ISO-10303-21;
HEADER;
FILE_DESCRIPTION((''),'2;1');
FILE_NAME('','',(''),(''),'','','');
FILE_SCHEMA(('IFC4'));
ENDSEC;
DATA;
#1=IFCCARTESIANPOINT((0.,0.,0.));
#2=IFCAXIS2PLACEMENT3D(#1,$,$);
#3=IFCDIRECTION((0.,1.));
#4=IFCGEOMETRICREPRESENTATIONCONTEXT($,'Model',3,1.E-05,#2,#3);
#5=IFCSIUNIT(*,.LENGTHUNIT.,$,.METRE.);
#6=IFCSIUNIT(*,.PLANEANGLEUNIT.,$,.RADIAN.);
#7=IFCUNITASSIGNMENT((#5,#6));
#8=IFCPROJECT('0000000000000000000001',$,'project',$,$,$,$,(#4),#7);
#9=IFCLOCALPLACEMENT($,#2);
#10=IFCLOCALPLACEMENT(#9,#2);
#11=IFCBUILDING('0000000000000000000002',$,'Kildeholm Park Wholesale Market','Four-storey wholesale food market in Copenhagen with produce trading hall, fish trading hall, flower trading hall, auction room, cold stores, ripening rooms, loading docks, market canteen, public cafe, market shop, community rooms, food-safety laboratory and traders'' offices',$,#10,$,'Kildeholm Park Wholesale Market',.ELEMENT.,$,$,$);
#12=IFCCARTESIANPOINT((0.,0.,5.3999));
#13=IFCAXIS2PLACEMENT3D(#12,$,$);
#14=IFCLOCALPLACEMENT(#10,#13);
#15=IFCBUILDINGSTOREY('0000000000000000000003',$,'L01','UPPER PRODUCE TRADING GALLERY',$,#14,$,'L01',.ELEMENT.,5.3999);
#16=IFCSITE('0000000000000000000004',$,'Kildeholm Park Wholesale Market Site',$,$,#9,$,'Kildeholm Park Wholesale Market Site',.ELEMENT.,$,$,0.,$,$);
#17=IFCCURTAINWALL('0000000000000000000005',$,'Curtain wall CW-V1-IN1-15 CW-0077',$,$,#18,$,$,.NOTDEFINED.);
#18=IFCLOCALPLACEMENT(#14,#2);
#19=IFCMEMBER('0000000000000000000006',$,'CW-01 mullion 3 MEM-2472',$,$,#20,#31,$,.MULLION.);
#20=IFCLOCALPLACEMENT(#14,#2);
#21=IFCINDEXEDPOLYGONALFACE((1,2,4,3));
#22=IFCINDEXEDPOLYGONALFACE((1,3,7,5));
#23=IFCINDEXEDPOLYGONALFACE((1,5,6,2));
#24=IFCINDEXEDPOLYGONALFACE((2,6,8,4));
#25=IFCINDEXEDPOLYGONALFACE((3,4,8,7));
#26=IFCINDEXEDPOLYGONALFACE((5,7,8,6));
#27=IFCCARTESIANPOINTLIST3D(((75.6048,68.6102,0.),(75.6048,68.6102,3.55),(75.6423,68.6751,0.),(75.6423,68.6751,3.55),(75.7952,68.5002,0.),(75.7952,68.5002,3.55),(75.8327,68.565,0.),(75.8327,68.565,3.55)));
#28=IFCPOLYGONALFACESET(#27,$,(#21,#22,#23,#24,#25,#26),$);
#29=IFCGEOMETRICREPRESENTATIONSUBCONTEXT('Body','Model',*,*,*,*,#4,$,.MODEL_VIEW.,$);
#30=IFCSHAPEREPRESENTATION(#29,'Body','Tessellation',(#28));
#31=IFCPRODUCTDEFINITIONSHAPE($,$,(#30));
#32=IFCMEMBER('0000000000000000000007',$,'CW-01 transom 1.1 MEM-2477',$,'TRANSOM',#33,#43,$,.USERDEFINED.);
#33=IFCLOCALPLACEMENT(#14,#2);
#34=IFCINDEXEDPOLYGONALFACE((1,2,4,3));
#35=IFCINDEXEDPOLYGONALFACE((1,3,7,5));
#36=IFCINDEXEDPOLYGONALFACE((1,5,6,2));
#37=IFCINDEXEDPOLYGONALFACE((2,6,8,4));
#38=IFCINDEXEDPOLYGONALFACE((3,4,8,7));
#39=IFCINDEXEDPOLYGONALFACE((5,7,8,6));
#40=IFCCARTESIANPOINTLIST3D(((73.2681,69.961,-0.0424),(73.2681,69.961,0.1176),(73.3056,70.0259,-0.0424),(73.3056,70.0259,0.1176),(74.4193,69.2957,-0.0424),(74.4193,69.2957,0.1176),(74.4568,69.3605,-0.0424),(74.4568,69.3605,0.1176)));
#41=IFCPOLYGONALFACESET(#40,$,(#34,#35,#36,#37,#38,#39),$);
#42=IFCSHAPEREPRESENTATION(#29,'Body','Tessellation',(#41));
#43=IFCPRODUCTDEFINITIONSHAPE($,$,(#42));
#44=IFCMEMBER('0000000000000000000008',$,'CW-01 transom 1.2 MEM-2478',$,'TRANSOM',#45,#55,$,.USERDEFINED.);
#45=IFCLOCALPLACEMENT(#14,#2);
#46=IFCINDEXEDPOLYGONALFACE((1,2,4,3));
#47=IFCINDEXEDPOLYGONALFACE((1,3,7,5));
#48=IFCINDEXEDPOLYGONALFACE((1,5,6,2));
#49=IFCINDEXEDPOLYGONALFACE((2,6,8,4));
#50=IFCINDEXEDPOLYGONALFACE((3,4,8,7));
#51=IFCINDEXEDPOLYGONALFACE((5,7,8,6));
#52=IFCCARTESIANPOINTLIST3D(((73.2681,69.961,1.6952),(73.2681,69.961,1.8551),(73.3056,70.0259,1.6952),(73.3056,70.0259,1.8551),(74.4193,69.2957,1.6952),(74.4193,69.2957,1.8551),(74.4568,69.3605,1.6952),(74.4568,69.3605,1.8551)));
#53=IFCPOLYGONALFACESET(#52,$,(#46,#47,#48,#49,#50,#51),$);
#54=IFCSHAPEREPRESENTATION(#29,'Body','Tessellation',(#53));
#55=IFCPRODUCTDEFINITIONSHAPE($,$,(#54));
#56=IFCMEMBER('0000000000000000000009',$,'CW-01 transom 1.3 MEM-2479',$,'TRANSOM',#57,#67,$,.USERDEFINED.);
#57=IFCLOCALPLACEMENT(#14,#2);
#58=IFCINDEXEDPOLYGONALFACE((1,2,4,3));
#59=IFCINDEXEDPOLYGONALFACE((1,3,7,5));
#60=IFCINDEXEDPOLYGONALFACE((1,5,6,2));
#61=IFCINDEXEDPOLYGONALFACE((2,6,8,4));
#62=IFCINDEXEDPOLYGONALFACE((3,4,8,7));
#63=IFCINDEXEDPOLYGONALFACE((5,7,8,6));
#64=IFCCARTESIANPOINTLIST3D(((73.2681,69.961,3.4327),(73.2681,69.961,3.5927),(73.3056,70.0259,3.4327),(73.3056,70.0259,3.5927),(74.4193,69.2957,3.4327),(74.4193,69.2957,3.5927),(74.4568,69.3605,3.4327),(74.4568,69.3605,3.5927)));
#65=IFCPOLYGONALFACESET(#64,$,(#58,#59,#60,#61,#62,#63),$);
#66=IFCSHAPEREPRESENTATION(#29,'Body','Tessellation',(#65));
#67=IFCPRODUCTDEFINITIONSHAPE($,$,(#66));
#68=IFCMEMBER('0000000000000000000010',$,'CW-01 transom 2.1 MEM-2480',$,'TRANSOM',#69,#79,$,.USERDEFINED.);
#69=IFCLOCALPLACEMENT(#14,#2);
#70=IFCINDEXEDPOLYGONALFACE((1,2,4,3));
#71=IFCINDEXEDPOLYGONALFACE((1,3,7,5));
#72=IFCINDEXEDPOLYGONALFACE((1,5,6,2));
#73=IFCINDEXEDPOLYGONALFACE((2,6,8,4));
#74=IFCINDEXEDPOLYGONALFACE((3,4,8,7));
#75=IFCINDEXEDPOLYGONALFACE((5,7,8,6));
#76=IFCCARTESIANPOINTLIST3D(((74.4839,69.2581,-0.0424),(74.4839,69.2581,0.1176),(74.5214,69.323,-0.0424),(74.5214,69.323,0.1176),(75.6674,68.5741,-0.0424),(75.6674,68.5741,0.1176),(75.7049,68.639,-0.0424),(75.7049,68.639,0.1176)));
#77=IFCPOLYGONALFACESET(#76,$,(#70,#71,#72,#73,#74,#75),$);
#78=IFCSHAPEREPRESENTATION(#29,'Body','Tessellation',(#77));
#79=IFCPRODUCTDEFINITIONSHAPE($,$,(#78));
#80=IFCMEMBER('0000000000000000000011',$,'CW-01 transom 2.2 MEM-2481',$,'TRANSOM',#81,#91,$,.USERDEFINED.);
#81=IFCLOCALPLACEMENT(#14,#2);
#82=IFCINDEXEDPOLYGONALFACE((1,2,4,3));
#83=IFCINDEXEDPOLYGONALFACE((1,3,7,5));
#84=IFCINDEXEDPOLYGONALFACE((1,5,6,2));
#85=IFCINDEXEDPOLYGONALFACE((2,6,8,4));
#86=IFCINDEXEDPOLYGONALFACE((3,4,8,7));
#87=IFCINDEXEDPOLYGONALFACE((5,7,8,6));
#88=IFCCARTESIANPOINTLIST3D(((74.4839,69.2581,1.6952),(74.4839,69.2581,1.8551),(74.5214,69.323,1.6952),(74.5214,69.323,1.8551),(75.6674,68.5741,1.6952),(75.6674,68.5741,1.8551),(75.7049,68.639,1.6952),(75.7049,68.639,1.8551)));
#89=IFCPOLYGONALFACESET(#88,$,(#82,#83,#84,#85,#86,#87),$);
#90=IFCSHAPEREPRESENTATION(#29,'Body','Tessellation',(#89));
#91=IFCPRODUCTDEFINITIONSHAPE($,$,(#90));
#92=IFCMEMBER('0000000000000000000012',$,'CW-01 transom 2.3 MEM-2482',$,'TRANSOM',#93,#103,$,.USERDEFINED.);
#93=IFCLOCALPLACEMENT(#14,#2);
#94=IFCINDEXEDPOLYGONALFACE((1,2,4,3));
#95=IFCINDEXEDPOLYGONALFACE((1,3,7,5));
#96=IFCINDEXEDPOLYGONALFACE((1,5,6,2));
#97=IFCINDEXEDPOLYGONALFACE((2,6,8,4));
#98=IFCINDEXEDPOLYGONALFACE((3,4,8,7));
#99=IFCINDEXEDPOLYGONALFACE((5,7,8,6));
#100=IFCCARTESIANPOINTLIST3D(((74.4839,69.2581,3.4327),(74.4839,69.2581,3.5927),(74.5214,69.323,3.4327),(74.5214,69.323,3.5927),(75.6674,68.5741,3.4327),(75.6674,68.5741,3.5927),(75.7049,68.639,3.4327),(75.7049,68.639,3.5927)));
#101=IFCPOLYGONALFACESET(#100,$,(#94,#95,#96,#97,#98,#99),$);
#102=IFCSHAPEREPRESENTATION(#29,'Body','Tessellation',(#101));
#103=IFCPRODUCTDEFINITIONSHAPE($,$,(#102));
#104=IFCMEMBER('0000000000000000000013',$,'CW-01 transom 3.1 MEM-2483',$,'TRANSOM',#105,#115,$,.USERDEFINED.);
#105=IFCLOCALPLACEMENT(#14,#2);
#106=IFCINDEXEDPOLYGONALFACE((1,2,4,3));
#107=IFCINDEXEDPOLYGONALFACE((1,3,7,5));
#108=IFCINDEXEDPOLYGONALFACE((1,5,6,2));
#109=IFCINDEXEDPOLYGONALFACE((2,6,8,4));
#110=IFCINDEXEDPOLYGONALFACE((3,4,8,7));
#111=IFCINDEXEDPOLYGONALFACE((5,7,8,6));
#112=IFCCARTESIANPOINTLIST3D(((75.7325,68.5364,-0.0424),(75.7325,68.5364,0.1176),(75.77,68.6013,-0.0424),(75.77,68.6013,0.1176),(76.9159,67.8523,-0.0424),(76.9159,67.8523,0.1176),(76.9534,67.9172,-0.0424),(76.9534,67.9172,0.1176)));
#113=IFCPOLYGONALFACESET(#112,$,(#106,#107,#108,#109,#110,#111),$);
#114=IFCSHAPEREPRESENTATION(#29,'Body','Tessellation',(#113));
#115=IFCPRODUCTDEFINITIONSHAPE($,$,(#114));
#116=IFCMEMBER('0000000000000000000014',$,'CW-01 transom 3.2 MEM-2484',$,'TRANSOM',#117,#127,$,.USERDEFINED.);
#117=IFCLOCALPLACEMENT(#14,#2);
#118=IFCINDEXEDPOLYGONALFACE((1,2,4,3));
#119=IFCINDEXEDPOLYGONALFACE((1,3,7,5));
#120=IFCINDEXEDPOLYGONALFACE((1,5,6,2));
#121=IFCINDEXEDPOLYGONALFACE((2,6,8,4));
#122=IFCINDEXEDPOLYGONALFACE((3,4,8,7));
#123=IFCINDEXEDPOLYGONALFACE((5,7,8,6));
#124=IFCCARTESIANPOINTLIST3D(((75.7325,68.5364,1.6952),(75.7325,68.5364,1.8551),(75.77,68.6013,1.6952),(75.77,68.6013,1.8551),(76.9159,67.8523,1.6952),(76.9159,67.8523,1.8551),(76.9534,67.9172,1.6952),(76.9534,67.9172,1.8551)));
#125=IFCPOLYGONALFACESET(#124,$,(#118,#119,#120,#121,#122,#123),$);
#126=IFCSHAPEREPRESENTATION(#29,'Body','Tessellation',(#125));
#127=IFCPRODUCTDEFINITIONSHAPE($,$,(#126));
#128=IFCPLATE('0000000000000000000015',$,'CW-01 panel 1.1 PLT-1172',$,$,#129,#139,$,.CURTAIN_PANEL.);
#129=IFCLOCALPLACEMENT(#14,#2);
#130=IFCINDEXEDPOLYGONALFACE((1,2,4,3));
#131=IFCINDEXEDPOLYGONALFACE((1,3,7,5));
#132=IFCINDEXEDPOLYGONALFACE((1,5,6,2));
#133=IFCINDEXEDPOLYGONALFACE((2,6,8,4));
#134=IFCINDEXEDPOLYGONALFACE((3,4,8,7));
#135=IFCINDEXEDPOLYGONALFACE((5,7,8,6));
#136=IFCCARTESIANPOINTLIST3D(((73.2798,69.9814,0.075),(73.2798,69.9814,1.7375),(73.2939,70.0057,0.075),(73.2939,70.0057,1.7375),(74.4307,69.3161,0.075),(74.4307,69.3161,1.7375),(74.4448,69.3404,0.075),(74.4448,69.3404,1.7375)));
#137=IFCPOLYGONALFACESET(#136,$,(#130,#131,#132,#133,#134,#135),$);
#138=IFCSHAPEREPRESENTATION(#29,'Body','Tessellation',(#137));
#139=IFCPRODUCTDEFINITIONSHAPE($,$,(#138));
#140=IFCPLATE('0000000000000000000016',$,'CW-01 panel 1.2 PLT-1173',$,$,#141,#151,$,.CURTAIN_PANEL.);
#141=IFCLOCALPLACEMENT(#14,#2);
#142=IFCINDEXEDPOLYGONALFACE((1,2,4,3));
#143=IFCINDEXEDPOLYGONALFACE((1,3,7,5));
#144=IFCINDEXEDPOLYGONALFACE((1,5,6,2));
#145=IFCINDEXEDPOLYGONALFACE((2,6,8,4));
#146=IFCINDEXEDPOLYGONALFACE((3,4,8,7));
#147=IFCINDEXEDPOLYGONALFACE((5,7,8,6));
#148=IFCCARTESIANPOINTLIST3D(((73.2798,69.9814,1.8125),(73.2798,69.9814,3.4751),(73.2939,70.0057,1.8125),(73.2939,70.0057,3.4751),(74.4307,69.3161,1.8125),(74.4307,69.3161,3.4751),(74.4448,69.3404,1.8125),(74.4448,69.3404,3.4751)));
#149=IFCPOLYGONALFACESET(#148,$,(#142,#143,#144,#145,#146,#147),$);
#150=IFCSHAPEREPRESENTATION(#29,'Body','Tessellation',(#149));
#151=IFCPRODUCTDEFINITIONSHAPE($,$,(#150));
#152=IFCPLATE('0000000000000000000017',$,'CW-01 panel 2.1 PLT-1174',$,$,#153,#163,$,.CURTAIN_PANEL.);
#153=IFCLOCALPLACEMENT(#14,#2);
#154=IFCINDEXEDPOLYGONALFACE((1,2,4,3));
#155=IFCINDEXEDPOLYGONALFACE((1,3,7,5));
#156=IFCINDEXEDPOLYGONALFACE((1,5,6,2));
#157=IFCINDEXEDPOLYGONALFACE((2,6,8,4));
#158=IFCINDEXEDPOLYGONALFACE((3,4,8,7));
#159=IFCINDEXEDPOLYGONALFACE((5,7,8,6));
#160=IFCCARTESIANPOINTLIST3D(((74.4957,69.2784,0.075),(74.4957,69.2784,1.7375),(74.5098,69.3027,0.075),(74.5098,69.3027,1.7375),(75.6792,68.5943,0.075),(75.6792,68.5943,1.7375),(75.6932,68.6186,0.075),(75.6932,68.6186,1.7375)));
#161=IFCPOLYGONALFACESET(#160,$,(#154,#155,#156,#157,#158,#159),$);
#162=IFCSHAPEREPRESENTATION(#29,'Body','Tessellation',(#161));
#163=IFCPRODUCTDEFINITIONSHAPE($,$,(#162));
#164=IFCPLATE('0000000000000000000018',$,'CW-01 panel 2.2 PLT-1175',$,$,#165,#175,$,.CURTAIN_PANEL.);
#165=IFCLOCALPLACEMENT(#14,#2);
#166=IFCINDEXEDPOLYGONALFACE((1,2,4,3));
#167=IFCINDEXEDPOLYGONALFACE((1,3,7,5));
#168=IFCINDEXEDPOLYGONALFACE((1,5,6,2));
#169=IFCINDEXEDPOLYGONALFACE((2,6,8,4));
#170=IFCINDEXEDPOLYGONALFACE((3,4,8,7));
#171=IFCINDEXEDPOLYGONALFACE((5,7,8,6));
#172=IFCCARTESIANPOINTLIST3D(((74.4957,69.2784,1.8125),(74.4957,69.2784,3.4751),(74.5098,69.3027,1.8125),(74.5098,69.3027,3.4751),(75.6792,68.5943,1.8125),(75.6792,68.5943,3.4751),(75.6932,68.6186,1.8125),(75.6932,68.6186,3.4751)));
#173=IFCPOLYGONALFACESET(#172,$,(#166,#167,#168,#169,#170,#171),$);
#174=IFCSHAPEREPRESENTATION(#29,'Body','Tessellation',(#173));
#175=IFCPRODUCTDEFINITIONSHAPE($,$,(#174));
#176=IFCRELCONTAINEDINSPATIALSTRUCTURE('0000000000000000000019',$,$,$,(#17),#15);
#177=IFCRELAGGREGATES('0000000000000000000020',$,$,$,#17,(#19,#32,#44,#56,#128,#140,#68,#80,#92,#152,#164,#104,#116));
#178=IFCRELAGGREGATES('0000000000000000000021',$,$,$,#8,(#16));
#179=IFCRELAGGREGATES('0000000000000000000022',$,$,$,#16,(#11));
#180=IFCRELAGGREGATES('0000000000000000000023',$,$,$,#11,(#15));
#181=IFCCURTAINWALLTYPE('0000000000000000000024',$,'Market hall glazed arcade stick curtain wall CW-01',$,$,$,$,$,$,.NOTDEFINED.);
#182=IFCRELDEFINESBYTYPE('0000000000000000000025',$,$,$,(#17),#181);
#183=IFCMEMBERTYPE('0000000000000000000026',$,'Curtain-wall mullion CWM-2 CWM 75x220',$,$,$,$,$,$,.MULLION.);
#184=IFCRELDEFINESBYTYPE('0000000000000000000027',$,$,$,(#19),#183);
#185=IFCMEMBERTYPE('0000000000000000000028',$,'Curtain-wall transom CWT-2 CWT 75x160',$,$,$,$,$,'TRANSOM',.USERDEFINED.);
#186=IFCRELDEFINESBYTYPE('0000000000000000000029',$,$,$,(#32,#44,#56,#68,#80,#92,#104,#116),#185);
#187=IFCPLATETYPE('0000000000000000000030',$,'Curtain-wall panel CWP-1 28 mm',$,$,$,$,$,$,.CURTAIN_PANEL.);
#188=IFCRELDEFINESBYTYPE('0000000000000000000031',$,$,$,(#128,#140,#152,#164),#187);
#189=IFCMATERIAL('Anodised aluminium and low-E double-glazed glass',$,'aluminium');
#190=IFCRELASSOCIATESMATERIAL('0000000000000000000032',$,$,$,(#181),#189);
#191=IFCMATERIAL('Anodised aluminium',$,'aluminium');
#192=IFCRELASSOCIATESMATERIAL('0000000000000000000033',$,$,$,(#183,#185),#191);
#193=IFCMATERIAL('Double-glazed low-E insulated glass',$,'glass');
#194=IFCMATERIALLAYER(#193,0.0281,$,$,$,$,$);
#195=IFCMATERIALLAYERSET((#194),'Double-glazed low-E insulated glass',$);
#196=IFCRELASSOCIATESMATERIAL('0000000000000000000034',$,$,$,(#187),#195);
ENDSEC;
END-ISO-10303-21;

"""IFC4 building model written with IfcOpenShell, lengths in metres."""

from ifc_helpers import new_model, si_unit, direction, frame, origin, origin_2d, place, context, subcontext, project, spatial, rectangle, extrude, material, layer, layer_set, material_profile, profile_set, type_object, element, aggregate, save


model = new_model("IFC4")

# Units and contexts
model_context = context("Model", 3, precision=1e-05, world=origin(), true_north=direction((0.0, 1.0)))
body_context = subcontext(model_context, "Body", "Model", "MODEL_VIEW")
ifc_project = project(units=[si_unit("LENGTHUNIT", "METRE"), si_unit("PLANEANGLEUNIT", "RADIAN")], contexts=[model_context])

# Site, building, storey
site_placement = place(None, origin())
site = spatial("IfcSite", under=ifc_project, at=site_placement, Name="Kildeholm Park Wholesale Market Site", LongName="Kildeholm Park Wholesale Market Site", CompositionType="ELEMENT", RefElevation=0.0)
building_placement = place(site_placement, origin())
building = spatial("IfcBuilding", under=site, at=building_placement, Name="Kildeholm Park Wholesale Market", Description="Four-storey wholesale food market in Copenhagen with produce trading hall, fish trading hall, flower trading hall, auction room, cold stores, ripening rooms, loading docks, market canteen, public cafe, market shop, community rooms, food-safety laboratory and traders' offices", LongName="Kildeholm Park Wholesale Market", CompositionType="ELEMENT")
storey_placement = place(building_placement, frame((0.0, 0.0, 5.3999)))
storey = spatial("IfcBuildingStorey", under=building, at=storey_placement, Name="L01", Description="UPPER PRODUCE TRADING GALLERY", LongName="L01", CompositionType="ELEMENT", Elevation=5.3999)

# Shared definitions
ifc_material_1 = material(Name="Anodised aluminium and low-E double-glazed glass", Category="aluminium")
curtain_wall_type = type_object("IfcCurtainWallType", Name="Market hall glazed arcade stick curtain wall CW-01", PredefinedType="NOTDEFINED", material=ifc_material_1)
ifc_material_2 = material(Name="Anodised aluminium", Category="aluminium")
ifc_material_profile_1 = material_profile(ifc_material_2, rectangle(XDim=0.075, YDim=0.22, at=origin_2d()), Name="CWM 75x220")
ifc_profile_set_1 = profile_set([ifc_material_profile_1], Name="Anodised aluminium")
member_type_1 = type_object("IfcMemberType", Name="Curtain-wall mullion CWM-2 CWM 75x220", PredefinedType="MULLION", material=ifc_profile_set_1)

# Curtain wall, members, plates
curtain_wall_1_placement = place(storey_placement, origin())
curtain_wall_1 = element("IfcCurtainWall", 1, at=curtain_wall_1_placement, inside=storey, type_object=curtain_wall_type, Name="Curtain wall CW-V1-IN1-15 CW-0077", PredefinedType="NOTDEFINED")
member_1_placement = place(storey_placement, frame((75.7188, 68.5876, 0.0), z_axis=(0.0, 0.0, 1.0), x_axis=(0.500489, 0.865743, 0.0)))
member_1 = element("IfcMember", 2, at=member_1_placement, type_object=member_type_1, Name="CW-01 mullion 3 MEM-2472", PredefinedType="MULLION", context=body_context, shape_type="SweptSolid", body=[
    extrude(rectangle(XDim=0.075, YDim=0.22, at=origin_2d()), origin(), (0.0, 0.0, 1.0), 3.55),
])
ifc_material_profile_2 = material_profile(ifc_material_2, rectangle(XDim=0.075, YDim=0.1599, at=origin_2d()), Name="CWT 75x160")
ifc_profile_set_2 = profile_set([ifc_material_profile_2], Name="Anodised aluminium")
member_type_2 = type_object("IfcMemberType", Name="Curtain-wall transom CWT-2 CWT 75x160", ElementType="TRANSOM", PredefinedType="USERDEFINED", material=ifc_profile_set_2)
member_2_placement = place(storey_placement, frame((73.2869, 69.9934, 0.0376), z_axis=(0.865803, -0.500385, 0.0), x_axis=(0.500385, 0.865803, 0.0)))
member_2 = element("IfcMember", 3, at=member_2_placement, type_object=member_type_2, Name="CW-01 transom 1.1 MEM-2477", ObjectType="TRANSOM", PredefinedType="USERDEFINED", context=body_context, shape_type="SweptSolid", body=[
    extrude(rectangle(XDim=0.075, YDim=0.1599, at=origin_2d()), origin(), (0.0, 0.0, 1.0), 1.3296),
])
member_3_placement = place(storey_placement, frame((73.2869, 69.9934, 1.7751), z_axis=(0.865803, -0.500385, 0.0), x_axis=(0.500385, 0.865803, 0.0)))
member_3 = element("IfcMember", 4, at=member_3_placement, type_object=member_type_2, Name="CW-01 transom 1.2 MEM-2478", ObjectType="TRANSOM", PredefinedType="USERDEFINED", context=body_context, shape_type="SweptSolid", body=[
    extrude(rectangle(XDim=0.075, YDim=0.1599, at=origin_2d()), origin(), (0.0, 0.0, 1.0), 1.3296),
])
member_4_placement = place(storey_placement, frame((73.2869, 69.9934, 3.5127), z_axis=(0.865803, -0.500385, 0.0), x_axis=(0.500385, 0.865803, 0.0)))
member_4 = element("IfcMember", 5, at=member_4_placement, type_object=member_type_2, Name="CW-01 transom 1.3 MEM-2479", ObjectType="TRANSOM", PredefinedType="USERDEFINED", context=body_context, shape_type="SweptSolid", body=[
    extrude(rectangle(XDim=0.075, YDim=0.1599, at=origin_2d()), origin(), (0.0, 0.0, 1.0), 1.3296),
])
member_5_placement = place(storey_placement, frame((74.5027, 69.2905, 0.0376), z_axis=(0.865793, -0.500403, 0.0), x_axis=(0.500403, 0.865793, 0.0)))
member_5 = element("IfcMember", 6, at=member_5_placement, type_object=member_type_2, Name="CW-01 transom 2.1 MEM-2480", ObjectType="TRANSOM", PredefinedType="USERDEFINED", context=body_context, shape_type="SweptSolid", body=[
    extrude(rectangle(XDim=0.075, YDim=0.1599, at=origin_2d()), origin(), (0.0, 0.0, 1.0), 1.3669),
])
member_6_placement = place(storey_placement, frame((74.5027, 69.2905, 1.7751), z_axis=(0.865793, -0.500403, 0.0), x_axis=(0.500403, 0.865793, 0.0)))
member_6 = element("IfcMember", 7, at=member_6_placement, type_object=member_type_2, Name="CW-01 transom 2.2 MEM-2481", ObjectType="TRANSOM", PredefinedType="USERDEFINED", context=body_context, shape_type="SweptSolid", body=[
    extrude(rectangle(XDim=0.075, YDim=0.1599, at=origin_2d()), origin(), (0.0, 0.0, 1.0), 1.3669),
])
member_7_placement = place(storey_placement, frame((74.5027, 69.2905, 3.5127), z_axis=(0.865793, -0.500403, 0.0), x_axis=(0.500403, 0.865793, 0.0)))
member_7 = element("IfcMember", 8, at=member_7_placement, type_object=member_type_2, Name="CW-01 transom 2.3 MEM-2482", ObjectType="TRANSOM", PredefinedType="USERDEFINED", context=body_context, shape_type="SweptSolid", body=[
    extrude(rectangle(XDim=0.075, YDim=0.1599, at=origin_2d()), origin(), (0.0, 0.0, 1.0), 1.3669),
])
member_8_placement = place(storey_placement, frame((75.7512, 68.5688, 0.0376), z_axis=(0.865748, -0.50048, 0.0), x_axis=(0.50048, 0.865748, 0.0)))
member_8 = element("IfcMember", 9, at=member_8_placement, type_object=member_type_2, Name="CW-01 transom 3.1 MEM-2483", ObjectType="TRANSOM", PredefinedType="USERDEFINED", context=body_context, shape_type="SweptSolid", body=[
    extrude(rectangle(XDim=0.075, YDim=0.1599, at=origin_2d()), origin(), (0.0, 0.0, 1.0), 1.3669),
])
member_9_placement = place(storey_placement, frame((75.7512, 68.5688, 1.7751), z_axis=(0.865748, -0.50048, 0.0), x_axis=(0.50048, 0.865748, 0.0)))
member_9 = element("IfcMember", 10, at=member_9_placement, type_object=member_type_2, Name="CW-01 transom 3.2 MEM-2484", ObjectType="TRANSOM", PredefinedType="USERDEFINED", context=body_context, shape_type="SweptSolid", body=[
    extrude(rectangle(XDim=0.075, YDim=0.1599, at=origin_2d()), origin(), (0.0, 0.0, 1.0), 1.3669),
])
ifc_material_3 = material(Name="Double-glazed low-E insulated glass", Category="glass")
ifc_layer_1 = layer(ifc_material_3, 0.0281)
ifc_layer_set_1 = layer_set([ifc_layer_1], Name="Double-glazed low-E insulated glass")
plate_type = type_object("IfcPlateType", Name="Curtain-wall panel CWP-1 28 mm", PredefinedType="CURTAIN_PANEL", material=ifc_layer_set_1)
plate_1_placement = place(storey_placement, frame((73.8623, 69.6609, 0.075), z_axis=(0.0, 0.0, 1.0), x_axis=(0.865743, -0.500489, 0.0)))
plate_1 = element("IfcPlate", 11, at=plate_1_placement, type_object=plate_type, Name="CW-01 panel 1.1 PLT-1172", PredefinedType="CURTAIN_PANEL", context=body_context, shape_type="SweptSolid", body=[
    extrude(rectangle(XDim=1.3293, YDim=0.0281, at=origin_2d()), origin(), (0.0, 0.0, 1.0), 1.6626),
])
plate_2_placement = place(storey_placement, frame((73.8623, 69.6609, 1.8125), z_axis=(0.0, 0.0, 1.0), x_axis=(0.865743, -0.500489, 0.0)))
plate_2 = element("IfcPlate", 12, at=plate_2_placement, type_object=plate_type, Name="CW-01 panel 1.2 PLT-1173", PredefinedType="CURTAIN_PANEL", context=body_context, shape_type="SweptSolid", body=[
    extrude(rectangle(XDim=1.3293, YDim=0.0281, at=origin_2d()), origin(), (0.0, 0.0, 1.0), 1.6626),
])
plate_3_placement = place(storey_placement, frame((75.0945, 68.9485, 0.075), z_axis=(0.0, 0.0, 1.0), x_axis=(0.865743, -0.500489, 0.0)))
plate_3 = element("IfcPlate", 13, at=plate_3_placement, type_object=plate_type, Name="CW-01 panel 2.1 PLT-1174", PredefinedType="CURTAIN_PANEL", context=body_context, shape_type="SweptSolid", body=[
    extrude(rectangle(XDim=1.3669, YDim=0.0281, at=origin_2d()), origin(), (0.0, 0.0, 1.0), 1.6626),
])
plate_4_placement = place(storey_placement, frame((75.0945, 68.9485, 1.8125), z_axis=(0.0, 0.0, 1.0), x_axis=(0.865743, -0.500489, 0.0)))
plate_4 = element("IfcPlate", 14, at=plate_4_placement, type_object=plate_type, Name="CW-01 panel 2.2 PLT-1175", PredefinedType="CURTAIN_PANEL", context=body_context, shape_type="SweptSolid", body=[
    extrude(rectangle(XDim=1.3669, YDim=0.0281, at=origin_2d()), origin(), (0.0, 0.0, 1.0), 1.6626),
])
aggregate(curtain_wall_1, [member_1, member_2, member_3, member_4, plate_1, plate_2, member_5, member_6, member_7, plate_3, plate_4, member_8, member_9])

save(model, "model.ifc")
